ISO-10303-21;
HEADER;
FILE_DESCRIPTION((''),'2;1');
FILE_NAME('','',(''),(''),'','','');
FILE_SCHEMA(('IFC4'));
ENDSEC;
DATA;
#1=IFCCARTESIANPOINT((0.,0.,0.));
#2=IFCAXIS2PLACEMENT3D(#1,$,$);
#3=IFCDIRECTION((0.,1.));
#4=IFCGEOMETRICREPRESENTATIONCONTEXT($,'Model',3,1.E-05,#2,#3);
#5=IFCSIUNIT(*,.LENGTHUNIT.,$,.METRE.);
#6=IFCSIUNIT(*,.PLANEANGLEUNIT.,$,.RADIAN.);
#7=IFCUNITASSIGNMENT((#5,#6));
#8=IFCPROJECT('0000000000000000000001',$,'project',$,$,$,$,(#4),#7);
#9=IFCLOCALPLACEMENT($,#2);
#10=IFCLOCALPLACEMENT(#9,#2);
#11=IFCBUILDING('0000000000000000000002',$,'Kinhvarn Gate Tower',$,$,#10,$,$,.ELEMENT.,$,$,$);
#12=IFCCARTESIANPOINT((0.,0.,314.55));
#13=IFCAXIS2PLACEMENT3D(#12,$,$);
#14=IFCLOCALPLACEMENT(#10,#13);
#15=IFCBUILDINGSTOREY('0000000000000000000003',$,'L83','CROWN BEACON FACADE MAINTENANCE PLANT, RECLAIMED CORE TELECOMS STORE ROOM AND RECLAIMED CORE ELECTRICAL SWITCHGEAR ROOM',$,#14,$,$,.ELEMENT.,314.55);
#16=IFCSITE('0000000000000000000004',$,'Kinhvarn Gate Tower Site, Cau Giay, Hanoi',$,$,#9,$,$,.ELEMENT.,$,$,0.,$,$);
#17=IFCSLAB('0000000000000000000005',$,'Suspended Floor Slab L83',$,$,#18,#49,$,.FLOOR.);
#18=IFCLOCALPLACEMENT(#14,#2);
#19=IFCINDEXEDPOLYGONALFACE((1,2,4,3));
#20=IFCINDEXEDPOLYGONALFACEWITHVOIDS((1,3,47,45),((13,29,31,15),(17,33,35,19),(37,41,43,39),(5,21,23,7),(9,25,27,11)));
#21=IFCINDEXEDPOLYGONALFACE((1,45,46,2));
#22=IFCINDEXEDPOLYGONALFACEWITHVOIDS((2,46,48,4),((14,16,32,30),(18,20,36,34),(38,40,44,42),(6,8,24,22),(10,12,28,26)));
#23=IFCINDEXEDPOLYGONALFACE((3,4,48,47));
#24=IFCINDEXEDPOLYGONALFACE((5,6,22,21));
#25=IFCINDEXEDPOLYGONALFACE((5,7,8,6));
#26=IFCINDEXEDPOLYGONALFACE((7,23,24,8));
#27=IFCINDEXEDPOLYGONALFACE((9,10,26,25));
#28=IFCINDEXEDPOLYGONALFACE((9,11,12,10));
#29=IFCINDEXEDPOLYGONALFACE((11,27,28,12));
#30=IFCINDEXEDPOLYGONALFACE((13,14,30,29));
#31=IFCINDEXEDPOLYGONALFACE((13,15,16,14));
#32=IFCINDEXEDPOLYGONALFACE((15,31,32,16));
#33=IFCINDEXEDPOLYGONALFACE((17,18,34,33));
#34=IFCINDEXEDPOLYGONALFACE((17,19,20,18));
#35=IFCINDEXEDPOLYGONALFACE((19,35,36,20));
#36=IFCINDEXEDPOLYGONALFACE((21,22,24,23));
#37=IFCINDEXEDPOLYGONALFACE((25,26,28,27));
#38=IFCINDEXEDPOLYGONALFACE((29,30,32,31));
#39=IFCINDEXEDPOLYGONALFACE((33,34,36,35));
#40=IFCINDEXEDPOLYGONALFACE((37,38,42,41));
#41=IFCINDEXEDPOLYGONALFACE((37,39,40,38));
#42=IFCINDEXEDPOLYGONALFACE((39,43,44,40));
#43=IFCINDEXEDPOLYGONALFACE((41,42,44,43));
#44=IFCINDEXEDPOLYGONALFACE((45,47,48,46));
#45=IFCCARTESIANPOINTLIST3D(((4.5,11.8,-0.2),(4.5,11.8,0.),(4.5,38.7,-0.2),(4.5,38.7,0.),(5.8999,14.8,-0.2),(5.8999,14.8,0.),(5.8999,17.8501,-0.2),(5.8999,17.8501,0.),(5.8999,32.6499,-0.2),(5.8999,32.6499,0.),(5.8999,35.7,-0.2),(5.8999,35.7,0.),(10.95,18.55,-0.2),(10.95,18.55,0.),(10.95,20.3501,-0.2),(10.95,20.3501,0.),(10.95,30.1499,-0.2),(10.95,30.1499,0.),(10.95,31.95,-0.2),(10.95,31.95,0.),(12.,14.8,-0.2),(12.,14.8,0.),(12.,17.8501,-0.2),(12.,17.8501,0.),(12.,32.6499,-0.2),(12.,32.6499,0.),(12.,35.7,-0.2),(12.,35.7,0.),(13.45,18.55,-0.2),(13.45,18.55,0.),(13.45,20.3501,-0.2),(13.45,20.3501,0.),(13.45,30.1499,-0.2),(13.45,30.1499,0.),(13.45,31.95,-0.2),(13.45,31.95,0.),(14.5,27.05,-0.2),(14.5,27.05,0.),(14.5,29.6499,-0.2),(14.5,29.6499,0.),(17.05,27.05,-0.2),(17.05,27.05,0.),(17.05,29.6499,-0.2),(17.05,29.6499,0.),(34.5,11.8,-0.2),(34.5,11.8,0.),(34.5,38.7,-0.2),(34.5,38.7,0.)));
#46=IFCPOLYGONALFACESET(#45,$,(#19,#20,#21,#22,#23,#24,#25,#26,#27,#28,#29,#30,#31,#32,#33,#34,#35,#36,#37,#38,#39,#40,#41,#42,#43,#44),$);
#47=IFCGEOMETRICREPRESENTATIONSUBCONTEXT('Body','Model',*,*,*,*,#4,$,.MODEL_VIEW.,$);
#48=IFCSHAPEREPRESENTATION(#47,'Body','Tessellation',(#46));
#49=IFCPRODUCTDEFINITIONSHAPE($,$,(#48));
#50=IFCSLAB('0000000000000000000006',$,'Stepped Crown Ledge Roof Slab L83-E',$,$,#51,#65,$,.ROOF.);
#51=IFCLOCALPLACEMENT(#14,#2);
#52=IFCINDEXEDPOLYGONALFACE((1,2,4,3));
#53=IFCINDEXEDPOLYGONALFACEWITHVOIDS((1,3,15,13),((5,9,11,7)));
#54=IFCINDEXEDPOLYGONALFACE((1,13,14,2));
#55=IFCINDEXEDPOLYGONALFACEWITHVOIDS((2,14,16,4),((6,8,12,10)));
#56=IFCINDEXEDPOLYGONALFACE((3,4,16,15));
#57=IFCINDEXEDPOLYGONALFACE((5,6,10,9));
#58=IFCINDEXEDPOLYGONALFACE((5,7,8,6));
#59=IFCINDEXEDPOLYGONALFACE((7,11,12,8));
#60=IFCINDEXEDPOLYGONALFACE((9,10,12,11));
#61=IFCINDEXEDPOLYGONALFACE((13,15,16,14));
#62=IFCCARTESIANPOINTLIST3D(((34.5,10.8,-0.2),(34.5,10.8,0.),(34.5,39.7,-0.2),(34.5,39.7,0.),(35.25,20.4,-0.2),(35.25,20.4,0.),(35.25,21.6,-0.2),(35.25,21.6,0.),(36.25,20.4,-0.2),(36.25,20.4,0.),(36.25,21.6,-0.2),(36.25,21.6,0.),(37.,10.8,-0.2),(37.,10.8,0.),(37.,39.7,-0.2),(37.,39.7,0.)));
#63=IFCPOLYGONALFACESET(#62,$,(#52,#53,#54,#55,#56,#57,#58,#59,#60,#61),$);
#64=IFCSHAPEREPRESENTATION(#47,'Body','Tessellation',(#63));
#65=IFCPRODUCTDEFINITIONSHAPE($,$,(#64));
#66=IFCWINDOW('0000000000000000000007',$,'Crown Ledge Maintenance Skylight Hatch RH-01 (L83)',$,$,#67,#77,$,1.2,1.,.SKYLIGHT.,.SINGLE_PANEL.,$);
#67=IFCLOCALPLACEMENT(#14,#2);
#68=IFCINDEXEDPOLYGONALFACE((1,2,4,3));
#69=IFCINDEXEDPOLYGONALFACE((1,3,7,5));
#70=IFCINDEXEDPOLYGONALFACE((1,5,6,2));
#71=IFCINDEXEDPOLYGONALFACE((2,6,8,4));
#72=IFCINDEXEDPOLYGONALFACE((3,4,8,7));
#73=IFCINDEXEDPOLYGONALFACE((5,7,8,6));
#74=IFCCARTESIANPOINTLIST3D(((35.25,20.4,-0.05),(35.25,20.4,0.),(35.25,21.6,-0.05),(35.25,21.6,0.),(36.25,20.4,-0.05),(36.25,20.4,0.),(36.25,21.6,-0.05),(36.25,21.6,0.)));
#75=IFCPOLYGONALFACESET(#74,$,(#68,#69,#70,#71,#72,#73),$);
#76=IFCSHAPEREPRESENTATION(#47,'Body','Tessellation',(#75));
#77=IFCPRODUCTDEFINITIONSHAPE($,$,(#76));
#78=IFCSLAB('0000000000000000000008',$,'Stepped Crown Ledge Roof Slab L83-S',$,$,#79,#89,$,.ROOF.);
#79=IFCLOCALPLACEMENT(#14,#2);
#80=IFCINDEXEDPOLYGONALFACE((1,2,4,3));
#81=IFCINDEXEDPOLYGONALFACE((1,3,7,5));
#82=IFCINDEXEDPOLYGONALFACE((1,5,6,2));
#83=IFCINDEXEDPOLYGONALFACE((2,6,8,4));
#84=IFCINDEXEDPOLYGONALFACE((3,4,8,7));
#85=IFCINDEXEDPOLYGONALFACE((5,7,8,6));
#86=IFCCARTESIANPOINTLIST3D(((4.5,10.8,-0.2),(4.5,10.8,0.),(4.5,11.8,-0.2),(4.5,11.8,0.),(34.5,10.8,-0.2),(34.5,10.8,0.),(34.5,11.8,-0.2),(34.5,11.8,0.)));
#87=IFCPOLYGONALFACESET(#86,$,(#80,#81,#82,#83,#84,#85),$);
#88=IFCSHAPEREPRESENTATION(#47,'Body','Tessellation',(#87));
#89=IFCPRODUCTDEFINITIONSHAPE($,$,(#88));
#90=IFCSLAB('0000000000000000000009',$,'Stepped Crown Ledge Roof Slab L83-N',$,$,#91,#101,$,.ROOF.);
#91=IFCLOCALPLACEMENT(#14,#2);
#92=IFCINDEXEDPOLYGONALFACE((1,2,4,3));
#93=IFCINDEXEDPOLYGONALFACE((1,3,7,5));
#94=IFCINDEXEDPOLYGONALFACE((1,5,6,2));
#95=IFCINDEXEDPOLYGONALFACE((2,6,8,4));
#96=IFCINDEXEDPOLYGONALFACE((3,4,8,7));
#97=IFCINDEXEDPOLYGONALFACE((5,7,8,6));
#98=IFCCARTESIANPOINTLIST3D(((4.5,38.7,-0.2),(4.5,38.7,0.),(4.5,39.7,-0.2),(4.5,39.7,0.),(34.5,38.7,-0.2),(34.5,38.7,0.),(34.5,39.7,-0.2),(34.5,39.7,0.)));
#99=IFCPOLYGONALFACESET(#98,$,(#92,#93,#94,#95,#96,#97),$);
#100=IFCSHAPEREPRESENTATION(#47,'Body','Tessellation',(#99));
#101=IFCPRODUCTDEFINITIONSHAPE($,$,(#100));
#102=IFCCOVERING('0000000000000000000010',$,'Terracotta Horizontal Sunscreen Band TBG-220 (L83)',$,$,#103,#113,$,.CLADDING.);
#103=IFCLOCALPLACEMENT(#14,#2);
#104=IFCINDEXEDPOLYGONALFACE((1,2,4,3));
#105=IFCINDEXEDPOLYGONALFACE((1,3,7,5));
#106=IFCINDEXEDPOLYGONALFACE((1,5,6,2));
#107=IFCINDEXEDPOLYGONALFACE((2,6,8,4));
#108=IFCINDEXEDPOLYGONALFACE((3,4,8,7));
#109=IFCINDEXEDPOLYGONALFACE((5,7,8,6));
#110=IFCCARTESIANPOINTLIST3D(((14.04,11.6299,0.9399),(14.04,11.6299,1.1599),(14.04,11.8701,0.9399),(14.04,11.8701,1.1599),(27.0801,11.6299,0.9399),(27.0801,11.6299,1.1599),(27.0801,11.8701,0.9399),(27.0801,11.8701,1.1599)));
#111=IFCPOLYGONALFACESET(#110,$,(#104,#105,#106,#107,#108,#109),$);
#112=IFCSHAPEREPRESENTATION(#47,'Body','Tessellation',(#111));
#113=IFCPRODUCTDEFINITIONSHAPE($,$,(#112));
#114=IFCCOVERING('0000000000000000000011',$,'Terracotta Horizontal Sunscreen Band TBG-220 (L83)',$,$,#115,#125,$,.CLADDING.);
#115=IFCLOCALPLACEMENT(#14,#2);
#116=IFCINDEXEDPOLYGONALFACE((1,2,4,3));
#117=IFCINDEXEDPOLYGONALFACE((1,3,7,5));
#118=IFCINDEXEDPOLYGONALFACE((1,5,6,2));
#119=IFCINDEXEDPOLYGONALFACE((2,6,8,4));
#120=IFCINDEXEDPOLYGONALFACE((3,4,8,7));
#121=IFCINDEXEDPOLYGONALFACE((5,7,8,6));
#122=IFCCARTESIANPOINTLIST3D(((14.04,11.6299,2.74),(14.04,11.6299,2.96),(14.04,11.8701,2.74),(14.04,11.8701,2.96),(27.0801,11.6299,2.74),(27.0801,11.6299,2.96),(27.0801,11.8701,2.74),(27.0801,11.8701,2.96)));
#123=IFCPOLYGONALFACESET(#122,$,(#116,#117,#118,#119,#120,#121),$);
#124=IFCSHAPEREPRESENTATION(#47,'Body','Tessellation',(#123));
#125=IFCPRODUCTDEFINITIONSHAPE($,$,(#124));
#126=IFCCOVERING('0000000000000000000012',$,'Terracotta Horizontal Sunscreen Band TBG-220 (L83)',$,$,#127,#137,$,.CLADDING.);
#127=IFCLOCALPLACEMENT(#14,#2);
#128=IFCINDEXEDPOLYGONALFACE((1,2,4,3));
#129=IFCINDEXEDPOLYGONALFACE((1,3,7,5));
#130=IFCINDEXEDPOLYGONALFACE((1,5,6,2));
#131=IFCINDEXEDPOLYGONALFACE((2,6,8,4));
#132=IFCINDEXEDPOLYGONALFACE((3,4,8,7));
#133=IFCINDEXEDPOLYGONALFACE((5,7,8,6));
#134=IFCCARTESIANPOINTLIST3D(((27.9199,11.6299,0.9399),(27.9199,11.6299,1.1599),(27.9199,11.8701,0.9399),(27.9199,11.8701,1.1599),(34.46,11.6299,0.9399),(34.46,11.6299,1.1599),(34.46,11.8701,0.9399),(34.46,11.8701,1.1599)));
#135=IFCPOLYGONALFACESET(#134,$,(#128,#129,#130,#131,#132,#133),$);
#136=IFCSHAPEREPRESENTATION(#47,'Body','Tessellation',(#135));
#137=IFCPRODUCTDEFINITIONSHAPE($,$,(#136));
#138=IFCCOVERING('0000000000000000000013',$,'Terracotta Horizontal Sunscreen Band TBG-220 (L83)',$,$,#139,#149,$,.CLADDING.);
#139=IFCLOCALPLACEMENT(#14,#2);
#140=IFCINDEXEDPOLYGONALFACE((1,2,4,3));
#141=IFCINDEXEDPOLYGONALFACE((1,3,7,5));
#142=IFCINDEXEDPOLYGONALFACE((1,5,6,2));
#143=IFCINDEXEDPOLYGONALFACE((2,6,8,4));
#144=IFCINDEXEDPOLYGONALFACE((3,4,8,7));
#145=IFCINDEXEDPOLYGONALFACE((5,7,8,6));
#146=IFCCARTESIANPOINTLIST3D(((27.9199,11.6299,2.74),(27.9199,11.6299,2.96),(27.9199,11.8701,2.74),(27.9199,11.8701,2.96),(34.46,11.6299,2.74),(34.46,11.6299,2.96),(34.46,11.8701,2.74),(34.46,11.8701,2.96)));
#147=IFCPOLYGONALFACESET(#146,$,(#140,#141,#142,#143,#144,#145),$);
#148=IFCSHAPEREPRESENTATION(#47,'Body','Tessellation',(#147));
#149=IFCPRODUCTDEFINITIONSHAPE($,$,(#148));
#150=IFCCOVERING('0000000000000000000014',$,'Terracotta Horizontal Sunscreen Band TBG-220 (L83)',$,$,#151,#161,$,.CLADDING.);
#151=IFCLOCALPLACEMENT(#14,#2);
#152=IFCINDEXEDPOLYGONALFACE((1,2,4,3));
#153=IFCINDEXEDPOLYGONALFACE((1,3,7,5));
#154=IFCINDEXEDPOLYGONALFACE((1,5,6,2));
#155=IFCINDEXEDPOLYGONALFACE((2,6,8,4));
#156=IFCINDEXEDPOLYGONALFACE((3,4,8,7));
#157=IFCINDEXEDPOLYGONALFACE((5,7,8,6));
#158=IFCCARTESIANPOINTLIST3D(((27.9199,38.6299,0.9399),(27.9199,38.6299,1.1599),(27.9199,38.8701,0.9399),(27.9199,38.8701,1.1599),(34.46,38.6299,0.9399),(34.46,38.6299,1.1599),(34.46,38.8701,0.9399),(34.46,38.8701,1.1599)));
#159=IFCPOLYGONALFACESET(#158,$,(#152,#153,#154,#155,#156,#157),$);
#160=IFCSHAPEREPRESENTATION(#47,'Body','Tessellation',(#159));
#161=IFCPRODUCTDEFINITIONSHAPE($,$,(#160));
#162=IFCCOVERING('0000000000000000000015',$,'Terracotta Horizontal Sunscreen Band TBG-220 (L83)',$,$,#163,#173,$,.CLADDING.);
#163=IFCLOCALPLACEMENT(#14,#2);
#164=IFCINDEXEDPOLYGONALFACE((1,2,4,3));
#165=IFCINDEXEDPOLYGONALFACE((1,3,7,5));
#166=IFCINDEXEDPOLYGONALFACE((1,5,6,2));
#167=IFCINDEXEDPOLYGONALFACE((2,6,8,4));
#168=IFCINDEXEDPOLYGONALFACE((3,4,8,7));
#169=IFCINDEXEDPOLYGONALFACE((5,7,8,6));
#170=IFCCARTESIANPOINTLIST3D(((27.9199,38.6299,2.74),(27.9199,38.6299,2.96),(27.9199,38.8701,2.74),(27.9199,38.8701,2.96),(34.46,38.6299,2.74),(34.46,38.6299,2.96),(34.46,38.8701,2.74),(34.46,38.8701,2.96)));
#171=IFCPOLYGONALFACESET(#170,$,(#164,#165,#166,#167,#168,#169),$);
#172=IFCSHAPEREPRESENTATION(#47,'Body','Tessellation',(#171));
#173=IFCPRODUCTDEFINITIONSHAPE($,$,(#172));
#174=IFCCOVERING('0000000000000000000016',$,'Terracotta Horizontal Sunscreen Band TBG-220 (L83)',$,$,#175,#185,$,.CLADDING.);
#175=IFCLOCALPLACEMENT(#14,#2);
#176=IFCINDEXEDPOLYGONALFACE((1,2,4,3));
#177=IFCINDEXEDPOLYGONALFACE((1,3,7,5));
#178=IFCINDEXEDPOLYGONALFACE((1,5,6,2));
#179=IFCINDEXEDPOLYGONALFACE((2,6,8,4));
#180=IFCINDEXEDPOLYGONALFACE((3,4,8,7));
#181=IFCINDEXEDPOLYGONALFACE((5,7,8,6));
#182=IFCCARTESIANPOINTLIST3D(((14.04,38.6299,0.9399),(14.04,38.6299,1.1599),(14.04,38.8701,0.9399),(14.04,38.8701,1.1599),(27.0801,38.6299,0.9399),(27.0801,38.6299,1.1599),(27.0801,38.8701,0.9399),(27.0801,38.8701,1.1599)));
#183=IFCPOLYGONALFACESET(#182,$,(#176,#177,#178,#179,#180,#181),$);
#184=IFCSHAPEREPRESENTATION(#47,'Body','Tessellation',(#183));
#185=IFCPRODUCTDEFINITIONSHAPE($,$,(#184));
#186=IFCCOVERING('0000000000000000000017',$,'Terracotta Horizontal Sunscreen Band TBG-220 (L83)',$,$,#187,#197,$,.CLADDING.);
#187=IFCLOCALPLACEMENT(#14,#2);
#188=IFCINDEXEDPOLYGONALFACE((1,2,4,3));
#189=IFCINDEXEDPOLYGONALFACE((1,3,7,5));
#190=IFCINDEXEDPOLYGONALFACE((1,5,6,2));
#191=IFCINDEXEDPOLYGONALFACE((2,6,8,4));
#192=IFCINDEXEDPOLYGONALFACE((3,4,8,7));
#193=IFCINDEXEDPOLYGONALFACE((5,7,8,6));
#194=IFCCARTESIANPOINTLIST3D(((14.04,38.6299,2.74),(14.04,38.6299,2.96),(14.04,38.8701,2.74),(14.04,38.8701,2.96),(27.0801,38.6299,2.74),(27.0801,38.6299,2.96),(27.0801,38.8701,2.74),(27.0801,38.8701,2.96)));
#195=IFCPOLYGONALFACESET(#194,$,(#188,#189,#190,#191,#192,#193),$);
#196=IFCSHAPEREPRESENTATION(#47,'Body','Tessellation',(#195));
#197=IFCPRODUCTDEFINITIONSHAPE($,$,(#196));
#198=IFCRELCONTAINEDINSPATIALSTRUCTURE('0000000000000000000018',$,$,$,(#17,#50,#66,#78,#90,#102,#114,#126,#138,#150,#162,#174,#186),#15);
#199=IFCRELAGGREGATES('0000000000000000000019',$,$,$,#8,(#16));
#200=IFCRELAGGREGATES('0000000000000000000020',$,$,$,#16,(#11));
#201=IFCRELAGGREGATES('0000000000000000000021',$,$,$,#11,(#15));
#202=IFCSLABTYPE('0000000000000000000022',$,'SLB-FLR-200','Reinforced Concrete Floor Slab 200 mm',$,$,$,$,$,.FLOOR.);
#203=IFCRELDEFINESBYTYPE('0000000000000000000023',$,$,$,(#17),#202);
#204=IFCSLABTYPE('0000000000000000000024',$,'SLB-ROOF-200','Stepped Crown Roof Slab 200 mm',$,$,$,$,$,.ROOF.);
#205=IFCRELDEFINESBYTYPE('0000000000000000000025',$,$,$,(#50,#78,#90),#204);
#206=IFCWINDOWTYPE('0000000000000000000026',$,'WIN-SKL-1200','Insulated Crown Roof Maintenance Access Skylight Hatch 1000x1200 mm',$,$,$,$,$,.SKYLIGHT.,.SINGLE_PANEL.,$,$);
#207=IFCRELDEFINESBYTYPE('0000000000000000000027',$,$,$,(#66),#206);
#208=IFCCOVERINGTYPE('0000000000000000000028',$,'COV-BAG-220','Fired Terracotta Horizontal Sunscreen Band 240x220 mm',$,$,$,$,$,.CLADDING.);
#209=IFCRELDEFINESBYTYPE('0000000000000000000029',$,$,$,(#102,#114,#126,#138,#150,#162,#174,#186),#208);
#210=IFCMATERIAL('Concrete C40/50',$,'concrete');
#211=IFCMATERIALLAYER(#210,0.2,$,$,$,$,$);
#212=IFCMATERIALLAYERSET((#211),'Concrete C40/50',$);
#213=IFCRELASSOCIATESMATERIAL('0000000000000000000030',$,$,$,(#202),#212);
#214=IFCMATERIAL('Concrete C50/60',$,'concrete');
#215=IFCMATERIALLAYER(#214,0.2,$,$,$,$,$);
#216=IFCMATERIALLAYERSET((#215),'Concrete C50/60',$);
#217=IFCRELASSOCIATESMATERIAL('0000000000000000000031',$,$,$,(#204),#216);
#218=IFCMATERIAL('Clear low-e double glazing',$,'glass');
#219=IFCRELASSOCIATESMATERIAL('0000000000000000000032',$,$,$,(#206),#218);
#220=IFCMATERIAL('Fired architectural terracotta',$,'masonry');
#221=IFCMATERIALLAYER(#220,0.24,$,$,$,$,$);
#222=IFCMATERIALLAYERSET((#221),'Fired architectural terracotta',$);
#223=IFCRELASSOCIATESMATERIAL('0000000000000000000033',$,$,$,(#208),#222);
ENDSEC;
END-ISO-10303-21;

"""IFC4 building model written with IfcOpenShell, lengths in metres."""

from ifc_helpers import new_model, si_unit, direction, frame, origin, origin_2d, place, context, subcontext, project, spatial, polyline, rectangle, outline, extrude, material, layer, layer_set, type_object, element, fill, save


model = new_model("IFC4")

# Units and contexts
model_context = context("Model", 3, precision=1e-05, world=origin(), true_north=direction((0.0, 1.0)))
body_context = subcontext(model_context, "Body", "Model", "MODEL_VIEW")
ifc_project = project(units=[si_unit("LENGTHUNIT", "METRE"), si_unit("PLANEANGLEUNIT", "RADIAN")], contexts=[model_context])

# Site, building, storey
site_placement = place(None, origin())
site = spatial("IfcSite", under=ifc_project, at=site_placement, Name="Kinhvarn Gate Tower Site, Cau Giay, Hanoi", CompositionType="ELEMENT", RefElevation=0.0)
building_placement = place(site_placement, origin())
building = spatial("IfcBuilding", under=site, at=building_placement, Name="Kinhvarn Gate Tower", CompositionType="ELEMENT")
storey_placement = place(building_placement, frame((0.0, 0.0, 314.55)))
storey = spatial("IfcBuildingStorey", under=building, at=storey_placement, Name="L83", Description="CROWN BEACON FACADE MAINTENANCE PLANT, RECLAIMED CORE TELECOMS STORE ROOM AND RECLAIMED CORE ELECTRICAL SWITCHGEAR ROOM", CompositionType="ELEMENT", Elevation=314.55)

# Slab
ifc_material_1 = material(Name="Concrete C40/50", Category="concrete")
ifc_layer_1 = layer(ifc_material_1, 0.2)
ifc_layer_set_1 = layer_set([ifc_layer_1], Name="Concrete C40/50")
slab_type_1 = type_object("IfcSlabType", Name="SLB-FLR-200", Description="Reinforced Concrete Floor Slab 200 mm", PredefinedType="FLOOR", material=ifc_layer_set_1)
slab_1_placement = place(storey_placement, frame((0.0, 0.0, -0.2)))
element("IfcSlab", 1, at=slab_1_placement, inside=storey, type_object=slab_type_1, Name="Suspended Floor Slab L83", PredefinedType="FLOOR", context=body_context, shape_type="SweptSolid", body=[
    extrude(outline(polyline([(4.5, 11.8), (34.5, 11.8), (34.5, 38.7), (4.5, 38.7), (4.5, 11.8)]), holes=[polyline([(5.8999, 14.8), (12.0, 14.8), (12.0, 17.8501), (5.8999, 17.8501), (5.8999, 14.8)]), polyline([(5.8999, 32.6499), (12.0, 32.6499), (12.0, 35.7), (5.8999, 35.7), (5.8999, 32.6499)]), polyline([(14.5, 27.05), (17.05, 27.05), (17.05, 29.6499), (14.5, 29.6499), (14.5, 27.05)]), polyline([(10.95, 18.55), (13.45, 18.55), (13.45, 20.3501), (10.95, 20.3501), (10.95, 18.55)]), polyline([(10.95, 30.1499), (13.45, 30.1499), (13.45, 31.95), (10.95, 31.95), (10.95, 30.1499)])]), origin(), (0.0, 0.0, 1.0), 0.2),
])

# Slab, opening, window
ifc_material_2 = material(Name="Concrete C50/60", Category="concrete")
ifc_layer_2 = layer(ifc_material_2, 0.2)
ifc_layer_set_2 = layer_set([ifc_layer_2], Name="Concrete C50/60")
slab_type_2 = type_object("IfcSlabType", Name="SLB-ROOF-200", Description="Stepped Crown Roof Slab 200 mm", PredefinedType="ROOF", material=ifc_layer_set_2)
slab_2_placement = place(storey_placement, frame((0.0, 0.0, -0.2)))
slab_2 = element("IfcSlab", 2, at=slab_2_placement, inside=storey, type_object=slab_type_2, Name="Stepped Crown Ledge Roof Slab L83-E", PredefinedType="ROOF", context=body_context, shape_type="SweptSolid", body=[
    extrude(outline(polyline([(34.5, 10.8), (34.5, 39.7), (37.0, 39.7), (37.0, 10.8), (34.5, 10.8)])), origin(), (0.0, 0.0, 1.0), 0.2),
])
opening_placement = place(slab_2_placement, frame((35.75, 21.0, -0.01)))
opening = element("IfcOpeningElement", 3, at=opening_placement, cuts=slab_2, PredefinedType="OPENING", context=body_context, shape_type="SweptSolid", body=[
    extrude(rectangle(XDim=1.0, YDim=1.2, at=origin_2d()), origin(), (0.0, 0.0, 1.0), 0.22),
])
ifc_material_3 = material(Name="Clear low-e double glazing", Category="glass")
window_type = type_object("IfcWindowType", Name="WIN-SKL-1200", Description="Insulated Crown Roof Maintenance Access Skylight Hatch 1000x1200 mm", PartitioningType="SINGLE_PANEL", PredefinedType="SKYLIGHT", material=ifc_material_3)
window_placement = place(slab_2_placement, frame((35.75, 21.0, 0.1499)))
window = element("IfcWindow", 4, at=window_placement, inside=storey, type_object=window_type, Name="Crown Ledge Maintenance Skylight Hatch RH-01 (L83)", OverallHeight=1.2, OverallWidth=1.0, PartitioningType="SINGLE_PANEL", PredefinedType="SKYLIGHT", context=body_context, shape_type="SweptSolid", body=[
    extrude(rectangle(XDim=1.0, YDim=1.2, at=origin_2d()), origin(), (0.0, 0.0, 1.0), 0.05),
])
fill(opening, window)

# Slabs
slab_3_placement = place(storey_placement, frame((0.0, 0.0, -0.2)))
element("IfcSlab", 5, at=slab_3_placement, inside=storey, type_object=slab_type_2, Name="Stepped Crown Ledge Roof Slab L83-S", PredefinedType="ROOF", context=body_context, shape_type="SweptSolid", body=[
    extrude(outline(polyline([(4.5, 10.8), (4.5, 11.8), (34.5, 11.8), (34.5, 10.8), (4.5, 10.8)])), origin(), (0.0, 0.0, 1.0), 0.2),
])
slab_4_placement = place(storey_placement, frame((0.0, 0.0, -0.2)))
element("IfcSlab", 6, at=slab_4_placement, inside=storey, type_object=slab_type_2, Name="Stepped Crown Ledge Roof Slab L83-N", PredefinedType="ROOF", context=body_context, shape_type="SweptSolid", body=[
    extrude(outline(polyline([(34.5, 39.7), (34.5, 38.7), (4.5, 38.7), (4.5, 39.7), (34.5, 39.7)])), origin(), (0.0, 0.0, 1.0), 0.2),
])

# Coverings
ifc_material_4 = material(Name="Fired architectural terracotta", Category="masonry")
ifc_layer_3 = layer(ifc_material_4, 0.24)
ifc_layer_set_3 = layer_set([ifc_layer_3], Name="Fired architectural terracotta")
covering_type_1 = type_object("IfcCoveringType", Name="COV-BAG-220", Description="Fired Terracotta Horizontal Sunscreen Band 240x220 mm", PredefinedType="CLADDING", material=ifc_layer_set_3)
for number, where, name in (
    (7, (0.0, 0.0, 0.9399), "Terracotta Horizontal Sunscreen Band TBG-220 (L83)"),
    (8, (0.0, 0.0, 2.74), "Terracotta Horizontal Sunscreen Band TBG-220 (L83)"),
):
    element("IfcCovering", number, at=place(storey_placement, frame(where)), inside=storey, type_object=covering_type_1, Name=name, PredefinedType="CLADDING", context=body_context, shape_type="SweptSolid", body=[
        extrude(outline(polyline([(14.04, 11.8701), (27.0801, 11.8701), (27.0801, 11.6299), (14.04, 11.6299), (14.04, 11.8701)])), origin(), (0.0, 0.0, 1.0), 0.22),
    ])
for number, where, name in (
    (9, (0.0, 0.0, 0.9399), "Terracotta Horizontal Sunscreen Band TBG-220 (L83)"),
    (10, (0.0, 0.0, 2.74), "Terracotta Horizontal Sunscreen Band TBG-220 (L83)"),
):
    element("IfcCovering", number, at=place(storey_placement, frame(where)), inside=storey, type_object=covering_type_1, Name=name, PredefinedType="CLADDING", context=body_context, shape_type="SweptSolid", body=[
        extrude(outline(polyline([(27.9199, 11.8701), (34.46, 11.8701), (34.46, 11.6299), (27.9199, 11.6299), (27.9199, 11.8701)])), origin(), (0.0, 0.0, 1.0), 0.22),
    ])
for number, where, name in (
    (11, (0.0, 0.0, 0.9399), "Terracotta Horizontal Sunscreen Band TBG-220 (L83)"),
    (12, (0.0, 0.0, 2.74), "Terracotta Horizontal Sunscreen Band TBG-220 (L83)"),
):
    element("IfcCovering", number, at=place(storey_placement, frame(where)), inside=storey, type_object=covering_type_1, Name=name, PredefinedType="CLADDING", context=body_context, shape_type="SweptSolid", body=[
        extrude(outline(polyline([(34.46, 38.6299), (27.9199, 38.6299), (27.9199, 38.8701), (34.46, 38.8701), (34.46, 38.6299)])), origin(), (0.0, 0.0, 1.0), 0.22),
    ])
for number, where, name in (
    (13, (0.0, 0.0, 0.9399), "Terracotta Horizontal Sunscreen Band TBG-220 (L83)"),
    (14, (0.0, 0.0, 2.74), "Terracotta Horizontal Sunscreen Band TBG-220 (L83)"),
):
    element("IfcCovering", number, at=place(storey_placement, frame(where)), inside=storey, type_object=covering_type_1, Name=name, PredefinedType="CLADDING", context=body_context, shape_type="SweptSolid", body=[
        extrude(outline(polyline([(27.0801, 38.6299), (14.04, 38.6299), (14.04, 38.8701), (27.0801, 38.8701), (27.0801, 38.6299)])), origin(), (0.0, 0.0, 1.0), 0.22),
    ])

save(model, "model.ifc")
